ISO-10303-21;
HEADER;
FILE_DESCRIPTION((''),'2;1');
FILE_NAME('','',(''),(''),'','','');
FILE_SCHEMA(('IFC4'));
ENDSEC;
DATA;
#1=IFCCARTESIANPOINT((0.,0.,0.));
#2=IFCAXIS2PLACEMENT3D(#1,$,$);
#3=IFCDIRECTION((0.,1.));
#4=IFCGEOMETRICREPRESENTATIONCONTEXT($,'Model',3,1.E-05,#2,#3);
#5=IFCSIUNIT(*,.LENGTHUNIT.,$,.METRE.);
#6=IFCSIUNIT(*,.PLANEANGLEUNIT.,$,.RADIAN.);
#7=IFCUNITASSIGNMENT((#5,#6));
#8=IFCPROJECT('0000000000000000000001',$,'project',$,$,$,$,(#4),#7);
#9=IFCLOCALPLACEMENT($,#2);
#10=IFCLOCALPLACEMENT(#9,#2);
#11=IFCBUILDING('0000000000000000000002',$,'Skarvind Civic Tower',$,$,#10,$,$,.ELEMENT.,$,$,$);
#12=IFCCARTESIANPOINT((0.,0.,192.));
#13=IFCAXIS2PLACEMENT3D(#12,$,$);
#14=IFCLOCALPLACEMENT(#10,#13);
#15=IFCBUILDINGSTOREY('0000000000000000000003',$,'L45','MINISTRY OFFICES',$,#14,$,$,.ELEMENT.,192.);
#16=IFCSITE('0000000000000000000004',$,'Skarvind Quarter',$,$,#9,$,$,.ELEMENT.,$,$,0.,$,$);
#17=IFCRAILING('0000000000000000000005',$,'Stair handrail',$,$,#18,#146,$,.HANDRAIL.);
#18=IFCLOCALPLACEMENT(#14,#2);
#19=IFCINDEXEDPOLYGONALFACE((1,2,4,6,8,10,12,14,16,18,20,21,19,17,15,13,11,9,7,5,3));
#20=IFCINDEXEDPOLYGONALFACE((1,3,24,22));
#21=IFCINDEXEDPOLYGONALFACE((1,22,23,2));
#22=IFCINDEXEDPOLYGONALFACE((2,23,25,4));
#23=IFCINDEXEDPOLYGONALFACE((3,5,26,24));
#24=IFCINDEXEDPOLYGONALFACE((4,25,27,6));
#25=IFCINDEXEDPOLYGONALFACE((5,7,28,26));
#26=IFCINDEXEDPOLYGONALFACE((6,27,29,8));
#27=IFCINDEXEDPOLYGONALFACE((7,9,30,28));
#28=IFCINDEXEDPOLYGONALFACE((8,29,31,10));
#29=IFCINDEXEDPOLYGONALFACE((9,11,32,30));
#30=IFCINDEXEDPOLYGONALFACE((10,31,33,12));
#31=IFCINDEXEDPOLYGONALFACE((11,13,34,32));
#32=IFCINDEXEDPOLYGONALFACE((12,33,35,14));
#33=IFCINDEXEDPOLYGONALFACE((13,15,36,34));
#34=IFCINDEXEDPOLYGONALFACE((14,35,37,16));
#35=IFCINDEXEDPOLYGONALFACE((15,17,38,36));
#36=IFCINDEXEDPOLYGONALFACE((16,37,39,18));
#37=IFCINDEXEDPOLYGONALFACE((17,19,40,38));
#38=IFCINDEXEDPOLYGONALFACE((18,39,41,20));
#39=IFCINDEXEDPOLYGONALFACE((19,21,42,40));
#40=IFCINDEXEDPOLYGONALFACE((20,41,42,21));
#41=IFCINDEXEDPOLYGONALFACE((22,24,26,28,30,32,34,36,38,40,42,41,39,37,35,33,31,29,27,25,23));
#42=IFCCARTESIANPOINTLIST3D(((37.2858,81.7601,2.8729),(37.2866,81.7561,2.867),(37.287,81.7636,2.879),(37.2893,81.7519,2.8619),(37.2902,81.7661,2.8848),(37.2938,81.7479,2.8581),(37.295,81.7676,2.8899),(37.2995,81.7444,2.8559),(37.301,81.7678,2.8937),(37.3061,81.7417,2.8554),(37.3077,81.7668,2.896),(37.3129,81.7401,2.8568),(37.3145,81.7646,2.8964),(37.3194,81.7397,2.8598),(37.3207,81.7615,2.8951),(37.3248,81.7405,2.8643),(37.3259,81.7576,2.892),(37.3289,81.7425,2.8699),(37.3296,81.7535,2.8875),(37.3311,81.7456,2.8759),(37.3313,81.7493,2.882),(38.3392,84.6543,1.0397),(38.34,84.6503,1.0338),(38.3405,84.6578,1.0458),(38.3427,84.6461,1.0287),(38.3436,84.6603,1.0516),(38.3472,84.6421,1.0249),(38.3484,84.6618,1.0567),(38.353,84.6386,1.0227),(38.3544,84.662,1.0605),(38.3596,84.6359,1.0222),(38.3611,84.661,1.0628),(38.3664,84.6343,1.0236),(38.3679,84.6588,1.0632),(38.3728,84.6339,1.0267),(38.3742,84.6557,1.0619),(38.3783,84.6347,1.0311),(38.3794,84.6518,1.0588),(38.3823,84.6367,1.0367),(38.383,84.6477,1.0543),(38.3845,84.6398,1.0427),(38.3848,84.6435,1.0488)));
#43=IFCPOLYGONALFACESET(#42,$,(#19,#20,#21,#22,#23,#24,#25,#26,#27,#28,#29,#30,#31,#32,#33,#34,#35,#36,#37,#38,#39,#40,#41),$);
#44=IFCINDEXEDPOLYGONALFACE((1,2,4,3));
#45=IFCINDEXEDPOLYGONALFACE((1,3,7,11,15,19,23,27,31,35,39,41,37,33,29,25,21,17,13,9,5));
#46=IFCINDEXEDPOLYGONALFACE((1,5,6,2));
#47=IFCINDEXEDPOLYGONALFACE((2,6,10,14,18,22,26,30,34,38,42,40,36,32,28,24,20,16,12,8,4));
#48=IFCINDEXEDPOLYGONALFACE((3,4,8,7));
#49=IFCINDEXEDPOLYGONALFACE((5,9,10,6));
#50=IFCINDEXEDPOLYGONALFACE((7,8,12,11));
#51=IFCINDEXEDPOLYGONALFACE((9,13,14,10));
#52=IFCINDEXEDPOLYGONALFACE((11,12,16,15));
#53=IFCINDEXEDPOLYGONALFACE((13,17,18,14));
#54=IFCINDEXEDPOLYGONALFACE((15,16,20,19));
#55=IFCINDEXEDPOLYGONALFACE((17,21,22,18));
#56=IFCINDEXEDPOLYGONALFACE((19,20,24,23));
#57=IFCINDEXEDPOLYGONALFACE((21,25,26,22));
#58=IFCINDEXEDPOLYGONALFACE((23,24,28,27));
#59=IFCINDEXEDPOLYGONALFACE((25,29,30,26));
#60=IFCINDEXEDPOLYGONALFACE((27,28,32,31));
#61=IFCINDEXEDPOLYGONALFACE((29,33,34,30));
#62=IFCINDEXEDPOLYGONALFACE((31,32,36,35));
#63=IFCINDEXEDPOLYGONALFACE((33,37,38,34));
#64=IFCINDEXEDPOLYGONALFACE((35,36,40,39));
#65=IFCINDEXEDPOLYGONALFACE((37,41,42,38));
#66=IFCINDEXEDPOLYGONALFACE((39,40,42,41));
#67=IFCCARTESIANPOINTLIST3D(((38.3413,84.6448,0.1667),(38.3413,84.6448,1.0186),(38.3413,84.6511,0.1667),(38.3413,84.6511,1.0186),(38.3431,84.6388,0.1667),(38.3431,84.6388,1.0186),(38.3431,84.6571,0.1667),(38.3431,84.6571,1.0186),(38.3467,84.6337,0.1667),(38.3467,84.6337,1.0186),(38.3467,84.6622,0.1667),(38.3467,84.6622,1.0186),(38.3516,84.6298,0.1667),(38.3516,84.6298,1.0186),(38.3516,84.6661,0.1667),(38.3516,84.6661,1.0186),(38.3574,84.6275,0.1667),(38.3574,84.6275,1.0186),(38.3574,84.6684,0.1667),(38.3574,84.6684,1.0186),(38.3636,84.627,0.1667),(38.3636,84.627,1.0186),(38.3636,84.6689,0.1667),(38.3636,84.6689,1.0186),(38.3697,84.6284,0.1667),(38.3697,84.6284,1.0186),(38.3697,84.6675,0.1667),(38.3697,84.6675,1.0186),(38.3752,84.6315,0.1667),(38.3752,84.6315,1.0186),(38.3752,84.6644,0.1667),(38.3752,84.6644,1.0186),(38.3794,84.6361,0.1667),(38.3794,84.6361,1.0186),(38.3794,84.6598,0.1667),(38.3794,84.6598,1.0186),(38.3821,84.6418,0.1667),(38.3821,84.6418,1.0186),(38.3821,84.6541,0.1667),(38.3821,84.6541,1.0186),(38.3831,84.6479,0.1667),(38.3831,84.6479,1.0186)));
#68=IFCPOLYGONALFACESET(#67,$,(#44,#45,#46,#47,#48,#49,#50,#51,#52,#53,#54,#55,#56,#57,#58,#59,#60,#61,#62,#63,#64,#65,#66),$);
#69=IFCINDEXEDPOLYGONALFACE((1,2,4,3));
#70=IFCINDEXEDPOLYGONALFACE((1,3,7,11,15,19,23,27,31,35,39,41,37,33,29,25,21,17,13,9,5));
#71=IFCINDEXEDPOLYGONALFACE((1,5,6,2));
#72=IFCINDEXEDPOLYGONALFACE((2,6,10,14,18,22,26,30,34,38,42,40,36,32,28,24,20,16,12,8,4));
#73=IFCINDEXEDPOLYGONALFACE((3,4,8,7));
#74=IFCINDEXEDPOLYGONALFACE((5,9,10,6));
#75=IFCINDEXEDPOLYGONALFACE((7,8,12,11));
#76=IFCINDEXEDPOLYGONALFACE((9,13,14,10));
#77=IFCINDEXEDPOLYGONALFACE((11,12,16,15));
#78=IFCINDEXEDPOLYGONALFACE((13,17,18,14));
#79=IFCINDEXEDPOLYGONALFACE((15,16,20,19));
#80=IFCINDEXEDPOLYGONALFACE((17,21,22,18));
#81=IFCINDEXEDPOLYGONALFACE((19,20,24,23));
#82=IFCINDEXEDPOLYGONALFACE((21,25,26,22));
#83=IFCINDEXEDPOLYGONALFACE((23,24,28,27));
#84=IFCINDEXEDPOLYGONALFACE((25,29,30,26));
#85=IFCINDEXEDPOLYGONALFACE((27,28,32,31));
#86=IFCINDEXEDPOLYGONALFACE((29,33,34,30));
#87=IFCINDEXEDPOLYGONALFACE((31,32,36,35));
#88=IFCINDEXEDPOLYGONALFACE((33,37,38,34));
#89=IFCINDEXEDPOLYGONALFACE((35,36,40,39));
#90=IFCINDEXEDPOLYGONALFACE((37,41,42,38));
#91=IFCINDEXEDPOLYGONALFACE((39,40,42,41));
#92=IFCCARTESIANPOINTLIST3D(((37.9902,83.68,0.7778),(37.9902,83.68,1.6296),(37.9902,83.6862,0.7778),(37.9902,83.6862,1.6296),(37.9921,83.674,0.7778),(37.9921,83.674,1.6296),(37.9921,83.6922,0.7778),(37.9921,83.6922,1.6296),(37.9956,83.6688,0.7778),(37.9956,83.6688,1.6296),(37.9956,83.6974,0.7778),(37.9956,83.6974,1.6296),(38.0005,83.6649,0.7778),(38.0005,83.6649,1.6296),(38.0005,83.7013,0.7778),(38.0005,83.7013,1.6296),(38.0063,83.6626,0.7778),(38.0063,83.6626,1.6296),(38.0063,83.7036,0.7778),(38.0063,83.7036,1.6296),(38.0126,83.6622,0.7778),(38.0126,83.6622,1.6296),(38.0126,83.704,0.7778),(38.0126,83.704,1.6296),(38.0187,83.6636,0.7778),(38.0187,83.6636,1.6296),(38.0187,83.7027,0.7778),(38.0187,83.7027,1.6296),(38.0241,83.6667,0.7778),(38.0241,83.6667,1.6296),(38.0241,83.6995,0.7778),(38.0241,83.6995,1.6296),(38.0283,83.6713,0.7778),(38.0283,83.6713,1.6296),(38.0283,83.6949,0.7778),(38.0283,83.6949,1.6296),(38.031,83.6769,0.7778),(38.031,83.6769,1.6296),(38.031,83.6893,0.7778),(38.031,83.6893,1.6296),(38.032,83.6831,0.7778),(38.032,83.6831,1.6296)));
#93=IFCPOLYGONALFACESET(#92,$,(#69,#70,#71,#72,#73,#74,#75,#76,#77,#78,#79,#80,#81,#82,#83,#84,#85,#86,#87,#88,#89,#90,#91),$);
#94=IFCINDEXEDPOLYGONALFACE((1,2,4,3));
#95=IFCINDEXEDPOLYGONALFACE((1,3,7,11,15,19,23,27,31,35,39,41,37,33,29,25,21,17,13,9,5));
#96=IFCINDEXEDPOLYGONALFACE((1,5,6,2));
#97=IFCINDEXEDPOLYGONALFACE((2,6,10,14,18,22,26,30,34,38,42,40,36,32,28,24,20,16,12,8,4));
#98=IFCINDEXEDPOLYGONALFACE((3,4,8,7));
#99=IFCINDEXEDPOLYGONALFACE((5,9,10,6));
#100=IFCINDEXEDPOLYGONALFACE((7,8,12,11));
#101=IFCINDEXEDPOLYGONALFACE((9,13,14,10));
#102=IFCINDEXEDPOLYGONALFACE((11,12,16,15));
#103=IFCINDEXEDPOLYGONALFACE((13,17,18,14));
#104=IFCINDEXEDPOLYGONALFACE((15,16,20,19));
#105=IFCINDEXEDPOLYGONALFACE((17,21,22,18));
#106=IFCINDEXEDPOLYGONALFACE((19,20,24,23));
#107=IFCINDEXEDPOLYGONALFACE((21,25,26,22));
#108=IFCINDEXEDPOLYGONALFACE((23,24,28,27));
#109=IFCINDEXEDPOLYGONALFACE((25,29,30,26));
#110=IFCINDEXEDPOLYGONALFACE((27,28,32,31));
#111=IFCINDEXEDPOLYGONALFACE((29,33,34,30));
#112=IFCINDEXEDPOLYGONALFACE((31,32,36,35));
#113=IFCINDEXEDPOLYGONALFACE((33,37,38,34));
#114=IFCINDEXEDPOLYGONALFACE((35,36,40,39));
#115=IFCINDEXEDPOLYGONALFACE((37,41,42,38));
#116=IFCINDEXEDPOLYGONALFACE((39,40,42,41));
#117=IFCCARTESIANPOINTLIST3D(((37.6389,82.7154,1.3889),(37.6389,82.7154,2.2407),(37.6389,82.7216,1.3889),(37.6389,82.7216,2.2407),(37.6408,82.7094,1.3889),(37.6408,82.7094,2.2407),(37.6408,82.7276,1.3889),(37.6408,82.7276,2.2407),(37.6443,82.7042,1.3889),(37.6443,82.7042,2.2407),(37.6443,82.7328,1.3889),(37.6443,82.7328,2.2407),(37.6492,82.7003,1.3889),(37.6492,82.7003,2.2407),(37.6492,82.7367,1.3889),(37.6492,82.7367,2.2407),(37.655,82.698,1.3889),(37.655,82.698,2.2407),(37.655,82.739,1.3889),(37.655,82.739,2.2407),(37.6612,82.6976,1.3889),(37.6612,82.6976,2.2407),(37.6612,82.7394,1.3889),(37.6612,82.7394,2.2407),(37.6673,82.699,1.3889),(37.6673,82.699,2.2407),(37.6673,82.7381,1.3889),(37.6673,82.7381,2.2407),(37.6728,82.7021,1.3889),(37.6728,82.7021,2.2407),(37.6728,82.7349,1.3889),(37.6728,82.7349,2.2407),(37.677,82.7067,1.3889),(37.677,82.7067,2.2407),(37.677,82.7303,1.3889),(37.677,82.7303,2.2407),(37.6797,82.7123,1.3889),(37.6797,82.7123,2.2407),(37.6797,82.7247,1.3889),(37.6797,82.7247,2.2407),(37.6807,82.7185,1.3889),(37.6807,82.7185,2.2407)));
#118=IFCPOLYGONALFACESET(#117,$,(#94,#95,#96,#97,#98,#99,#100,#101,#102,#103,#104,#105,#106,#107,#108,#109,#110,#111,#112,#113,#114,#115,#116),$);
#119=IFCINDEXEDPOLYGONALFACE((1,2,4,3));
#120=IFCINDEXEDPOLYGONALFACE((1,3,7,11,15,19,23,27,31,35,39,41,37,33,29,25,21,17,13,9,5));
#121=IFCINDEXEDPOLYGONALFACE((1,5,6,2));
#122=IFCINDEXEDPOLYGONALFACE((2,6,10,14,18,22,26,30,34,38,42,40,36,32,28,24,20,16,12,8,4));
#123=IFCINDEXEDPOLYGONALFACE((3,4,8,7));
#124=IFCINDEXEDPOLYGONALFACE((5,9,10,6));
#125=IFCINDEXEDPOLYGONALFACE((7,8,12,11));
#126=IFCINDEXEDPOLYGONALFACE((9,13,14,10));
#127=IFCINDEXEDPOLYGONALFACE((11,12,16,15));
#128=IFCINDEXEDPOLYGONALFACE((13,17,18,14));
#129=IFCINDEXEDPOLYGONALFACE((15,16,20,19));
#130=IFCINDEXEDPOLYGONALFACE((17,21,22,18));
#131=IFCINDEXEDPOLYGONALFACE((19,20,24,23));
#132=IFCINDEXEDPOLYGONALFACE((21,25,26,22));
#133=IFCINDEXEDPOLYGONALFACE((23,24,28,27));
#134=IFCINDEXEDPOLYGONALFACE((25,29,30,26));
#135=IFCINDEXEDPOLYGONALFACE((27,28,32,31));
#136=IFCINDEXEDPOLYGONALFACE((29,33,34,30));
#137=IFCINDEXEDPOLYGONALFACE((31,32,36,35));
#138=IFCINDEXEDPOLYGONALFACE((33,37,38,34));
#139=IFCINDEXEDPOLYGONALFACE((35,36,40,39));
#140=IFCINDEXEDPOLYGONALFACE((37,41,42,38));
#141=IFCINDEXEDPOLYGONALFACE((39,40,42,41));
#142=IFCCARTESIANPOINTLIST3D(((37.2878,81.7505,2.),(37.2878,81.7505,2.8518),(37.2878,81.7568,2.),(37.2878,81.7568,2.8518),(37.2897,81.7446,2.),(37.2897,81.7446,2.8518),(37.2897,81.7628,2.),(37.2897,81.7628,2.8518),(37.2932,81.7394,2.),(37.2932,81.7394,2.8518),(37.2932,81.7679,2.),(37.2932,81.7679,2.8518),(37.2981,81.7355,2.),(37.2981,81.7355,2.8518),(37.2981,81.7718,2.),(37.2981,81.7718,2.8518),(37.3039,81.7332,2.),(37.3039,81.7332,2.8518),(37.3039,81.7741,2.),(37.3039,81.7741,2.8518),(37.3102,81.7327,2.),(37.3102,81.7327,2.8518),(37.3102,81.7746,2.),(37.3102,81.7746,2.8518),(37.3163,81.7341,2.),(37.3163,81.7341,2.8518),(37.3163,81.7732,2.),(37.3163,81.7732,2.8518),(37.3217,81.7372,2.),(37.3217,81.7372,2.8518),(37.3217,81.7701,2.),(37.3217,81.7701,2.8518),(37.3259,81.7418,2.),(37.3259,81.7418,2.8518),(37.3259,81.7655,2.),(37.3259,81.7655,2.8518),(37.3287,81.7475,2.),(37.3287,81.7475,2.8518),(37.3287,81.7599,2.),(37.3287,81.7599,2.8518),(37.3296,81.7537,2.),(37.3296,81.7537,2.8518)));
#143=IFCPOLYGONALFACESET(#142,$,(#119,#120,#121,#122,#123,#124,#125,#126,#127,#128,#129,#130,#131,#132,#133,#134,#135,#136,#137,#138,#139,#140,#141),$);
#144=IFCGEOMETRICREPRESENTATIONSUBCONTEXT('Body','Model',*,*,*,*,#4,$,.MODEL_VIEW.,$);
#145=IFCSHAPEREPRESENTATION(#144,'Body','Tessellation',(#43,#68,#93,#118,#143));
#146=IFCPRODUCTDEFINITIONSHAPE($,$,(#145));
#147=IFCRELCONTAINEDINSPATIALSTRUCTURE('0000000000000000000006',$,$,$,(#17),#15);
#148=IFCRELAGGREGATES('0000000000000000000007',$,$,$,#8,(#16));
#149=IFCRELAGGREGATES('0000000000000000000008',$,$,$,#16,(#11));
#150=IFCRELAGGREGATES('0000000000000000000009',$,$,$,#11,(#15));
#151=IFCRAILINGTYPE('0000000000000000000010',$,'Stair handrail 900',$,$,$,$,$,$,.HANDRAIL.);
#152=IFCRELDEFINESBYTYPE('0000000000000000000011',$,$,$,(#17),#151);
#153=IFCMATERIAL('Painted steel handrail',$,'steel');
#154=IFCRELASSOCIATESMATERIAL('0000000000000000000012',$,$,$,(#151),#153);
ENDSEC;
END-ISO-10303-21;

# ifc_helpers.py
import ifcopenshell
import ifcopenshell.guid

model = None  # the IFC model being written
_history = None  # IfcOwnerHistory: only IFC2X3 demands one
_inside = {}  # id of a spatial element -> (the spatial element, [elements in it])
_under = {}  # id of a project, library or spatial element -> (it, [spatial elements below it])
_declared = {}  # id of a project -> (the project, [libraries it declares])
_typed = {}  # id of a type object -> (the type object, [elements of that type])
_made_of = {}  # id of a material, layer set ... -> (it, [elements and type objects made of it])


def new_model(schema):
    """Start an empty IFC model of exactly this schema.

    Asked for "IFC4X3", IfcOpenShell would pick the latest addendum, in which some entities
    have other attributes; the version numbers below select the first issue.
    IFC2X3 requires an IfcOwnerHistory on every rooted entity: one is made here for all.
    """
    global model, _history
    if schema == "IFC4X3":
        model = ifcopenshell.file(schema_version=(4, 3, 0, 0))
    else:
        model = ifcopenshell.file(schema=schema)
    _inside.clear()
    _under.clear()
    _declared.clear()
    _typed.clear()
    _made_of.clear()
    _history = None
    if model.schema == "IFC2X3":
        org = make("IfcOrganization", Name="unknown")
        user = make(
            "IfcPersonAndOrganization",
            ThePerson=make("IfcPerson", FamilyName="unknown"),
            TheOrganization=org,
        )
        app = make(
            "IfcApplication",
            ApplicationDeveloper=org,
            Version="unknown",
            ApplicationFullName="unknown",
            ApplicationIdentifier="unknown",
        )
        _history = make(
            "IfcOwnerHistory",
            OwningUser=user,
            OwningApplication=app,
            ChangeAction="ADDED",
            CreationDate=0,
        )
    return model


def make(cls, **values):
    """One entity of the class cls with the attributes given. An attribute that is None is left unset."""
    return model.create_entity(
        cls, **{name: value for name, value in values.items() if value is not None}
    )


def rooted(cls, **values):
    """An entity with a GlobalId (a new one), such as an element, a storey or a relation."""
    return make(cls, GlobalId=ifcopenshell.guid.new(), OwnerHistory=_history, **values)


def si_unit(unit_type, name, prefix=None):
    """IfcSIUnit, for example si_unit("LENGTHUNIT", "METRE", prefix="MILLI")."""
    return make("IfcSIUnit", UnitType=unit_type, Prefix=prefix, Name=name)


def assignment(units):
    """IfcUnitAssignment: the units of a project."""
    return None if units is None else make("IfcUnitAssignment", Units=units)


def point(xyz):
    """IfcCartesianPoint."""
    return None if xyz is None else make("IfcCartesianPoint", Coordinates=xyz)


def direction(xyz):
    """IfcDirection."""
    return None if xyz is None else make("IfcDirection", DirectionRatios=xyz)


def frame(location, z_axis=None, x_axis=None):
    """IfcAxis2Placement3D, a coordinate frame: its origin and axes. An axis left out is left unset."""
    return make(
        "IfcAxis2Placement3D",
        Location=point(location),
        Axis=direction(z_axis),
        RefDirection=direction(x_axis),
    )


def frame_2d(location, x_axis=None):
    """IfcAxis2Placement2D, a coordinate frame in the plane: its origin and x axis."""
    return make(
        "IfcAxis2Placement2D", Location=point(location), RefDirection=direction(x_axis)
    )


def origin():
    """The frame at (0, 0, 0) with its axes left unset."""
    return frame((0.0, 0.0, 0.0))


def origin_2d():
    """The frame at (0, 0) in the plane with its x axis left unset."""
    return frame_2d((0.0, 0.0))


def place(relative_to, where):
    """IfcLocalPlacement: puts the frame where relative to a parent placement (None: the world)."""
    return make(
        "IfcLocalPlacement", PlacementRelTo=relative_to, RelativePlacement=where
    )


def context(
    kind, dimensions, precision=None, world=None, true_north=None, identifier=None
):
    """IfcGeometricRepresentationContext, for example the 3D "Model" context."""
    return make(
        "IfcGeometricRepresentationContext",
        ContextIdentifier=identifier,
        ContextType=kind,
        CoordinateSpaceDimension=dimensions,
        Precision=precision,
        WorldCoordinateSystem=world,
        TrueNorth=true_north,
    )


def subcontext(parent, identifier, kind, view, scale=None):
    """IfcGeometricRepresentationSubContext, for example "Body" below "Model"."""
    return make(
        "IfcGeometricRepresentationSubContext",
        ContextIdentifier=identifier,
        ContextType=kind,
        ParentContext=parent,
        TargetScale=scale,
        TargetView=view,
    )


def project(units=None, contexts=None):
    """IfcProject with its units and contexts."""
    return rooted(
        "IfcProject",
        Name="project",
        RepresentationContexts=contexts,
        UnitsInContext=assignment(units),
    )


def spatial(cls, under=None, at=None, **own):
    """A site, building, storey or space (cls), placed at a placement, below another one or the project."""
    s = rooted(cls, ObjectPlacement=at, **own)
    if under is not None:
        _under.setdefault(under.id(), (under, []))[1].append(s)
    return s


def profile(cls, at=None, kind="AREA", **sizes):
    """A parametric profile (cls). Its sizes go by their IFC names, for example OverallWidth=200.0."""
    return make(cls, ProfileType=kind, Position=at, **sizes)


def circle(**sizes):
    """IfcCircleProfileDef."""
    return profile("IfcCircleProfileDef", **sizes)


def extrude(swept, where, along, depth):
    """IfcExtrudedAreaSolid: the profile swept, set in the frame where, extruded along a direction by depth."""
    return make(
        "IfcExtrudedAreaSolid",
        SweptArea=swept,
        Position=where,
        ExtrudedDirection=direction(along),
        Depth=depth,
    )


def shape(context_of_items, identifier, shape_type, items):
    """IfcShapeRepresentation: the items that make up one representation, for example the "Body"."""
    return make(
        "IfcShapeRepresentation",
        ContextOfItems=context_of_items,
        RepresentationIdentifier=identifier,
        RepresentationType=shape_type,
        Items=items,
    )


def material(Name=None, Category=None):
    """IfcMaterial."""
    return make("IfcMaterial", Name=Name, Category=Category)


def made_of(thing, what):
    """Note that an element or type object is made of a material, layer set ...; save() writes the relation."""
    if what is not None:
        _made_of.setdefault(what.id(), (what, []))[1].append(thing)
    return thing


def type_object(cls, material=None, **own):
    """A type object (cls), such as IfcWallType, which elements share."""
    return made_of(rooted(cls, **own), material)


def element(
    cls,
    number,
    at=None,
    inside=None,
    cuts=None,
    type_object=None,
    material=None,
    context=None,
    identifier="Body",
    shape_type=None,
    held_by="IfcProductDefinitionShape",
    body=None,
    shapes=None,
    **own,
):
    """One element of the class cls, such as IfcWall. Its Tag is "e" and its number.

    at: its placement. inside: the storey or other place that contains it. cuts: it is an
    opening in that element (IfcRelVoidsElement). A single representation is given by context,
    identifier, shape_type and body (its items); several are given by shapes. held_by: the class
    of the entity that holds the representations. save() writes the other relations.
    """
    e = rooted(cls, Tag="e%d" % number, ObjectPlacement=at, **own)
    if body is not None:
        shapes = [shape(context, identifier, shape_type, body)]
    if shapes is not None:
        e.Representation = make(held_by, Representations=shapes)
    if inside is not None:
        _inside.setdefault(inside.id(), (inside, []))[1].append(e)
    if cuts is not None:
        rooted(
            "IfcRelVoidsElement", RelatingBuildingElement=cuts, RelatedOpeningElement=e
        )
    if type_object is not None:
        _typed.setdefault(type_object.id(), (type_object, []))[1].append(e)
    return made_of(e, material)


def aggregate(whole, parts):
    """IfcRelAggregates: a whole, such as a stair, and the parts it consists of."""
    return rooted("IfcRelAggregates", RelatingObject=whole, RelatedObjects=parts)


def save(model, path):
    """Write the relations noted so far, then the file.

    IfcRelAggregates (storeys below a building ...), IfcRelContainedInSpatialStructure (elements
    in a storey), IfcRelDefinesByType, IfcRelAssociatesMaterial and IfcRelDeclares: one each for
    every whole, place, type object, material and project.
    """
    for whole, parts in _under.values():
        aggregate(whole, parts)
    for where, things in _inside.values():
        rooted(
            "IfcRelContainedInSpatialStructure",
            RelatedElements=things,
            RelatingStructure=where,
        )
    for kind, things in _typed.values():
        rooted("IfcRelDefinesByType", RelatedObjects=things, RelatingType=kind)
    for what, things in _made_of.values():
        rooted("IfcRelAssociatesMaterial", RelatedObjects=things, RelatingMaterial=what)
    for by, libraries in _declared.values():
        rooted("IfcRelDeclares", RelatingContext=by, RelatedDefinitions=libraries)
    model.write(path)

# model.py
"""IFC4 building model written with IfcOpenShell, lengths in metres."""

from ifc_helpers import new_model, si_unit, direction, frame, origin, origin_2d, place, context, subcontext, project, spatial, circle, extrude, material, type_object, element, save


model = new_model("IFC4")

# Units and contexts
model_context = context("Model", 3, precision=1e-05, world=origin(), true_north=direction((0.0, 1.0)))
body_context = subcontext(model_context, "Body", "Model", "MODEL_VIEW")
ifc_project = project(units=[si_unit("LENGTHUNIT", "METRE"), si_unit("PLANEANGLEUNIT", "RADIAN")], contexts=[model_context])

# Site, building, storey
site_placement = place(None, origin())
site = spatial("IfcSite", under=ifc_project, at=site_placement, Name="Skarvind Quarter", CompositionType="ELEMENT", RefElevation=0.0)
building_placement = place(site_placement, origin())
building = spatial("IfcBuilding", under=site, at=building_placement, Name="Skarvind Civic Tower", CompositionType="ELEMENT")
storey_placement = place(building_placement, frame((0.0, 0.0, 192.0)))
storey = spatial("IfcBuildingStorey", under=building, at=storey_placement, Name="L45", Description="MINISTRY OFFICES", CompositionType="ELEMENT", Elevation=192.0)

# Railing
ifc_material_1 = material(Name="Painted steel handrail", Category="steel")
railing_type = type_object("IfcRailingType", Name="Stair handrail 900", PredefinedType="HANDRAIL", material=ifc_material_1)
railing_placement = place(storey_placement, frame((38.3621, 84.6479, 0.1667)))
element("IfcRailing", 1, at=railing_placement, inside=storey, type_object=railing_type, Name="Stair handrail", PredefinedType="HANDRAIL", context=body_context, shape_type="SweptSolid", body=[
    extrude(circle(Radius=0.0239, at=origin_2d()), frame((0.0, 0.0, 0.876), z_axis=(-0.293908, -0.807481, 0.511461), x_axis=(0.939689, -0.342029, 0.0)), (0.0, 0.0, 1.0), 3.5842),
    extrude(circle(Radius=0.021, at=origin_2d()), origin(), (0.0, 0.0, 1.0), 0.8518),
    extrude(circle(Radius=0.021, at=origin_2d()), frame((-0.3511, -0.9648, 0.6111)), (0.0, 0.0, 1.0), 0.8518),
    extrude(circle(Radius=0.021, at=origin_2d()), frame((-0.7024, -1.9294, 1.2222)), (0.0, 0.0, 1.0), 0.8518),
    extrude(circle(Radius=0.021, at=origin_2d()), frame((-1.0535, -2.8943, 1.8333)), (0.0, 0.0, 1.0), 0.8518),
])

save(model, "model.ifc")
